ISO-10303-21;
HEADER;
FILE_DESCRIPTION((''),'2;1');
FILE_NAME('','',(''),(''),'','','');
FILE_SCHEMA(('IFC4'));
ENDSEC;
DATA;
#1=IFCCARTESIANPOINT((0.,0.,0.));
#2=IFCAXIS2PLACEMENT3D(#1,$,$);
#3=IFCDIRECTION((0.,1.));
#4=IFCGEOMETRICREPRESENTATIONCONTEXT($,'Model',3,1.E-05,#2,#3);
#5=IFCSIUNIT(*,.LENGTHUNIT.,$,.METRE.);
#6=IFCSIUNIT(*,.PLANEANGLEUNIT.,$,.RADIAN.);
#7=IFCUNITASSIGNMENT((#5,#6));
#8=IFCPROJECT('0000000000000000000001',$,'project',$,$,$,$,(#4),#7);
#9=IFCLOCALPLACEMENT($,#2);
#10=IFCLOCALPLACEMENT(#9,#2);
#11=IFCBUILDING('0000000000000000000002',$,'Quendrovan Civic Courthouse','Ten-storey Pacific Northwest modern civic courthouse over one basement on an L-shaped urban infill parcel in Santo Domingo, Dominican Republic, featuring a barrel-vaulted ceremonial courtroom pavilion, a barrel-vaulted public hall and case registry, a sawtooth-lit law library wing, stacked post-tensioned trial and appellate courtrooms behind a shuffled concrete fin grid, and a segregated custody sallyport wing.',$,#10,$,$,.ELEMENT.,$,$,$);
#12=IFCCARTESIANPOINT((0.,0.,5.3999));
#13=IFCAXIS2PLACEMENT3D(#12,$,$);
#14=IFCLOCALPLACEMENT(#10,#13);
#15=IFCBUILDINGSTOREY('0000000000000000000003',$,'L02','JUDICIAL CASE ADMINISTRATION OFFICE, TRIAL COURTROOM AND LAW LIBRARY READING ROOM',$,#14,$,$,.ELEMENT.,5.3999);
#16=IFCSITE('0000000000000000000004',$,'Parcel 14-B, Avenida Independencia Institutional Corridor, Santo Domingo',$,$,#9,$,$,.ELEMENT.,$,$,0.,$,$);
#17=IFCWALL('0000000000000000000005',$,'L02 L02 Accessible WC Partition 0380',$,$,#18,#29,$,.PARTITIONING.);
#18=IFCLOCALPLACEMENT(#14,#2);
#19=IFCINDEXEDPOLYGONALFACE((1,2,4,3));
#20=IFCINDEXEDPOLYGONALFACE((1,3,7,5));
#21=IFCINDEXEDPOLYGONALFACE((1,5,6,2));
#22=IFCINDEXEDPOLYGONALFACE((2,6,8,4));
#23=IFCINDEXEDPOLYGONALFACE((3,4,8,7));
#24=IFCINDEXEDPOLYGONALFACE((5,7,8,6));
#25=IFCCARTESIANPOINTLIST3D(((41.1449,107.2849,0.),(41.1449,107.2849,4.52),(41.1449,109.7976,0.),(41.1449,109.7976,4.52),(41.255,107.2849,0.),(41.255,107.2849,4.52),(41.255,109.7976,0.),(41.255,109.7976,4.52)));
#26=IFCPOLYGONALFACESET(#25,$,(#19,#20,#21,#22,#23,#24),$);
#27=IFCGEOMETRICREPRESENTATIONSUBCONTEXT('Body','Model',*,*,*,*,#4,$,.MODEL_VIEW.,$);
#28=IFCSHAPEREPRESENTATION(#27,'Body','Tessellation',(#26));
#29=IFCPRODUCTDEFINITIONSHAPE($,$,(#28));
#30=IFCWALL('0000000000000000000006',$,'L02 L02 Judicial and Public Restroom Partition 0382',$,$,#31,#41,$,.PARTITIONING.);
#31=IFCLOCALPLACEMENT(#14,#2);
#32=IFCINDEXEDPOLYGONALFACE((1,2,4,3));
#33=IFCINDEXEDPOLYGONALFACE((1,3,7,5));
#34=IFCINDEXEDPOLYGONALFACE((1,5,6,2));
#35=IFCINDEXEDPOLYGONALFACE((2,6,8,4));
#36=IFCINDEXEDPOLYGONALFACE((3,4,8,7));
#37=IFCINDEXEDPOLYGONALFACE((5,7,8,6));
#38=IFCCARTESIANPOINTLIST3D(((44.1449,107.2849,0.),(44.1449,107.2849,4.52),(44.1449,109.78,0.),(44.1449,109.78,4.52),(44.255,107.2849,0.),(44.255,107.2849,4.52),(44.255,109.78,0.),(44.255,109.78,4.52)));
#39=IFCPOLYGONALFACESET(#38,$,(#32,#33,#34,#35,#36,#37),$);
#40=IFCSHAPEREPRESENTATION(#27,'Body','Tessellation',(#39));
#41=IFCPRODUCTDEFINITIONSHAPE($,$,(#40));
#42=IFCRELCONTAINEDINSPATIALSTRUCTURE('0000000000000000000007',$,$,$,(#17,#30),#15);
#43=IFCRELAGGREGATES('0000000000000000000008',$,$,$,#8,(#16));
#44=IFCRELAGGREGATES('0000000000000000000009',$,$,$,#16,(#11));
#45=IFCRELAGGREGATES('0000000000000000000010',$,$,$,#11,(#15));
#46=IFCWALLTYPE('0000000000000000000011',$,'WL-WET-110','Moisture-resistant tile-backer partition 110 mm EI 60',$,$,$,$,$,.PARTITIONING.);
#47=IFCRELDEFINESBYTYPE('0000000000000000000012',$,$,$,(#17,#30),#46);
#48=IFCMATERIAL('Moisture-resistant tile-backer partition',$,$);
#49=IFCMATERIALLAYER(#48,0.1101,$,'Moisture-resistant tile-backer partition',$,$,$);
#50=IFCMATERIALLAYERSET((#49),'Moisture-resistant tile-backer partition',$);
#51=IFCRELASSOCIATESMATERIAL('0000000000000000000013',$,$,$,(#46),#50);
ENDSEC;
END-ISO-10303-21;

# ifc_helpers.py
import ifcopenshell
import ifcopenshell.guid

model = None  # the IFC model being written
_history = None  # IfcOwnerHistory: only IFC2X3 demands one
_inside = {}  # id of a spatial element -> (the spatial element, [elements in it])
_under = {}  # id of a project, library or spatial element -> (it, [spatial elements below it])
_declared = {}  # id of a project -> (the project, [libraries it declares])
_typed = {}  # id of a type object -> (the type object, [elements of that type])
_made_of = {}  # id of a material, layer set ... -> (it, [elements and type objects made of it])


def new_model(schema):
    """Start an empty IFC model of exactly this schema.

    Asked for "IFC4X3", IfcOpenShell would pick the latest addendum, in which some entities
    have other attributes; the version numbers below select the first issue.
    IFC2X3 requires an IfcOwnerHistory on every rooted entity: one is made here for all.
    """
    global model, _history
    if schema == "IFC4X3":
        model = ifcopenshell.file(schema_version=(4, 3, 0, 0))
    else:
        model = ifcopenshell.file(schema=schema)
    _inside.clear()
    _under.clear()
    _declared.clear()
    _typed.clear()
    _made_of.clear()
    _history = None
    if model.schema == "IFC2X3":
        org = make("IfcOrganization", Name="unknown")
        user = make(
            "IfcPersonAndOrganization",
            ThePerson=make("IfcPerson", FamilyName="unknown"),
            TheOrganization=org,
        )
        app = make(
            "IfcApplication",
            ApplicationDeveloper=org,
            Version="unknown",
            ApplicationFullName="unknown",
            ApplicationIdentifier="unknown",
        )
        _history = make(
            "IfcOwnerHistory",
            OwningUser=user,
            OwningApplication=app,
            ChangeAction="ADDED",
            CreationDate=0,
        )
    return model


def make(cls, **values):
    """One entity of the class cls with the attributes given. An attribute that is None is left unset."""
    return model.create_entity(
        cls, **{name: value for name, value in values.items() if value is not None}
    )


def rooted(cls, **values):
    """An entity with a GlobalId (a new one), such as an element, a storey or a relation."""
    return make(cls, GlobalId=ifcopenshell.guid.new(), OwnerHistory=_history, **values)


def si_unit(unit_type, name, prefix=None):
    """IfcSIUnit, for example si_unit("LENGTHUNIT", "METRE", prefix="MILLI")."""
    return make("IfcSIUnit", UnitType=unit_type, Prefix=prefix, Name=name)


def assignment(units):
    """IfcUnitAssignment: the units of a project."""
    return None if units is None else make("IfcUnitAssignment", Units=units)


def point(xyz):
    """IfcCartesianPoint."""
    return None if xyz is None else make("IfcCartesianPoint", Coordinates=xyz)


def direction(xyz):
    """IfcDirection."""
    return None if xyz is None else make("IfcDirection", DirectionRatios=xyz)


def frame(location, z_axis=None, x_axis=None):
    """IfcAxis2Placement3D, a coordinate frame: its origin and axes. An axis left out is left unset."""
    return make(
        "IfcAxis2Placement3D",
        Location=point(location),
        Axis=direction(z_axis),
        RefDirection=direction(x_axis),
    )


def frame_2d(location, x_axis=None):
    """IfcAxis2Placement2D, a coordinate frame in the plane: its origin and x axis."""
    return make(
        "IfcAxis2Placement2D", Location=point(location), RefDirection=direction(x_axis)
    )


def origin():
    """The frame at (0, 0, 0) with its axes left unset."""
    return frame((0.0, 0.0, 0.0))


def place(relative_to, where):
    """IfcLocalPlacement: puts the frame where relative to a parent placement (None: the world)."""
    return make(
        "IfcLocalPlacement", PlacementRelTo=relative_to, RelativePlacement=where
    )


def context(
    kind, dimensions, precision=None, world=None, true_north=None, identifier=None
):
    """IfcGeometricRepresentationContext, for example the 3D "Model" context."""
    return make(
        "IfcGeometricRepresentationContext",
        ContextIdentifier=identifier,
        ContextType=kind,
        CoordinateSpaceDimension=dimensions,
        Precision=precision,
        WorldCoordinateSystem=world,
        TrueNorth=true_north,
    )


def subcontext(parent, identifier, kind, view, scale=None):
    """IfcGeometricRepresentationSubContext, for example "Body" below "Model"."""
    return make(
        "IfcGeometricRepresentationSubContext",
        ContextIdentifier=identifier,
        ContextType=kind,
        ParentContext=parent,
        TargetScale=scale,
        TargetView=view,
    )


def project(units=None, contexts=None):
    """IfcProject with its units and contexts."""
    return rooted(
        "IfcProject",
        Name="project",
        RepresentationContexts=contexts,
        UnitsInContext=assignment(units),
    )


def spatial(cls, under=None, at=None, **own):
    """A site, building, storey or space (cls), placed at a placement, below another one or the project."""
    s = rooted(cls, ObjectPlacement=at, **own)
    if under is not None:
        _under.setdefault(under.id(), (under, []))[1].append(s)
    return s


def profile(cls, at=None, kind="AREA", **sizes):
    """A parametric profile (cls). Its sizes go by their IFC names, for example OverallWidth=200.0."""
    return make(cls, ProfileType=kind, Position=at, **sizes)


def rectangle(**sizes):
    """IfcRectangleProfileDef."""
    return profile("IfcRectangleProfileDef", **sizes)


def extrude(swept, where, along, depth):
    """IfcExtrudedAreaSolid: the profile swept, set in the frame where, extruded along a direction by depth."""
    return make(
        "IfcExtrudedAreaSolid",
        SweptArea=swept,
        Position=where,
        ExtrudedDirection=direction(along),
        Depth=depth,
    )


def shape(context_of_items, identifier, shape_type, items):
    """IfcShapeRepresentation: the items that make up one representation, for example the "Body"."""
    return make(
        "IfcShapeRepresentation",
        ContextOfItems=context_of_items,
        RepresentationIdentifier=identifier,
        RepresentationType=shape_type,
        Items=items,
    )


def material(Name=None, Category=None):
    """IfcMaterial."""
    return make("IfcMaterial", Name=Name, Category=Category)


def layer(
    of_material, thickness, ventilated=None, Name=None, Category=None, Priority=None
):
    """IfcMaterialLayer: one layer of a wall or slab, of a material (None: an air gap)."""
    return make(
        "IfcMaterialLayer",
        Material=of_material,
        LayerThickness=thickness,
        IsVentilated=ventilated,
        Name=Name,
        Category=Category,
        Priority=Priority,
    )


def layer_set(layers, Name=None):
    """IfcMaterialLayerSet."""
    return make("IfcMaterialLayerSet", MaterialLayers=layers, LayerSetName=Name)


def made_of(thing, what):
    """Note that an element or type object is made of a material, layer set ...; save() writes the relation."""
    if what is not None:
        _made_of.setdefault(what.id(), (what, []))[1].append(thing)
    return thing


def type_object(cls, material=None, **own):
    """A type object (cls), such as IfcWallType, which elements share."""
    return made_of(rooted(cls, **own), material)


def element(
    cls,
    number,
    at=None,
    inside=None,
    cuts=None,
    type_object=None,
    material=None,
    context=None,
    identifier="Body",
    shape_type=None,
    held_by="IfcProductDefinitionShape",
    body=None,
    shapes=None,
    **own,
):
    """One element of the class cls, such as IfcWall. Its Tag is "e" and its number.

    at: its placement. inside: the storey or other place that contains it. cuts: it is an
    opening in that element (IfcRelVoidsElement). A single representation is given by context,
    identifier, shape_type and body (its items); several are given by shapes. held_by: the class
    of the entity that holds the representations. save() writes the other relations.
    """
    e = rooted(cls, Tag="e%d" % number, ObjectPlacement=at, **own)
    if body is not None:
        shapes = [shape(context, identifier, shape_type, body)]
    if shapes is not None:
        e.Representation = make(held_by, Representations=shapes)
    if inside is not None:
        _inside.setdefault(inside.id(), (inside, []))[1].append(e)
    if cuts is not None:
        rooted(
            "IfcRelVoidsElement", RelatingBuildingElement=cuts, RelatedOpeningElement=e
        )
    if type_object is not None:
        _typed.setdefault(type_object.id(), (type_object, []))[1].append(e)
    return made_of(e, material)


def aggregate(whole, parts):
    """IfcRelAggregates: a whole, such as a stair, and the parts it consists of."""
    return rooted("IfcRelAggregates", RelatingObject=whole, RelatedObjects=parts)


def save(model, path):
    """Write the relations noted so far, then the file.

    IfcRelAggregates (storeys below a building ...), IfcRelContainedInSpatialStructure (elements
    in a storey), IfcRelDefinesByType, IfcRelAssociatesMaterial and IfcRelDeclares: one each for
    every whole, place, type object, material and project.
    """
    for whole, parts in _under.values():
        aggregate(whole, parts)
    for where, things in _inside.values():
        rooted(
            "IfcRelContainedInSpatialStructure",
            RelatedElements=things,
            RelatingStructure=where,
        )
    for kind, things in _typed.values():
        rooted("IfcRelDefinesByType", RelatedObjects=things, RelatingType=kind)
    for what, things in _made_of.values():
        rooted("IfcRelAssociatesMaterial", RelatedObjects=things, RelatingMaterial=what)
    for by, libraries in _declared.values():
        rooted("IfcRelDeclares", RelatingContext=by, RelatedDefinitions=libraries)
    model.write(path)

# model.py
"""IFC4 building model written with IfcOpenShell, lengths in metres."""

from ifc_helpers import new_model, si_unit, direction, frame, frame_2d, origin, place, context, subcontext, project, spatial, rectangle, extrude, material, layer, layer_set, type_object, element, save


model = new_model("IFC4")

# Units and contexts
model_context = context("Model", 3, precision=1e-05, world=origin(), true_north=direction((0.0, 1.0)))
body_context = subcontext(model_context, "Body", "Model", "MODEL_VIEW")
ifc_project = project(units=[si_unit("LENGTHUNIT", "METRE"), si_unit("PLANEANGLEUNIT", "RADIAN")], contexts=[model_context])

# Site, building, storey
site_placement = place(None, origin())
site = spatial("IfcSite", under=ifc_project, at=site_placement, Name="Parcel 14-B, Avenida Independencia Institutional Corridor, Santo Domingo", CompositionType="ELEMENT", RefElevation=0.0)
building_placement = place(site_placement, origin())
building = spatial("IfcBuilding", under=site, at=building_placement, Name="Quendrovan Civic Courthouse", Description="Ten-storey Pacific Northwest modern civic courthouse over one basement on an L-shaped urban infill parcel in Santo Domingo, Dominican Republic, featuring a barrel-vaulted ceremonial courtroom pavilion, a barrel-vaulted public hall and case registry, a sawtooth-lit law library wing, stacked post-tensioned trial and appellate courtrooms behind a shuffled concrete fin grid, and a segregated custody sallyport wing.", CompositionType="ELEMENT")
storey_placement = place(building_placement, frame((0.0, 0.0, 5.3999)))
storey = spatial("IfcBuildingStorey", under=building, at=storey_placement, Name="L02", Description="JUDICIAL CASE ADMINISTRATION OFFICE, TRIAL COURTROOM AND LAW LIBRARY READING ROOM", CompositionType="ELEMENT", Elevation=5.3999)

# Walls
ifc_material_1 = material(Name="Moisture-resistant tile-backer partition")
ifc_layer_1 = layer(ifc_material_1, 0.1101, Name="Moisture-resistant tile-backer partition")
ifc_layer_set_1 = layer_set([ifc_layer_1], Name="Moisture-resistant tile-backer partition")
wall_type_1 = type_object("IfcWallType", Name="WL-WET-110", Description="Moisture-resistant tile-backer partition 110 mm EI 60", PredefinedType="PARTITIONING", material=ifc_layer_set_1)
wall_1_placement = place(storey_placement, frame((41.2, 109.7976, 0.0), z_axis=(0.0, 0.0, 1.0), x_axis=(0.0, -1.0, 0.0)))
element("IfcWall", 1, at=wall_1_placement, inside=storey, type_object=wall_type_1, Name="L02 L02 Accessible WC Partition 0380", PredefinedType="PARTITIONING", context=body_context, shape_type="SweptSolid", body=[
    extrude(rectangle(XDim=2.5127, YDim=0.1101, at=frame_2d((1.2563, 0.0))), origin(), (0.0, 0.0, 1.0), 4.52),
])
wall_2_placement = place(storey_placement, frame((44.2, 109.78, 0.0), z_axis=(0.0, 0.0, 1.0), x_axis=(0.0, -1.0, 0.0)))
element("IfcWall", 2, at=wall_2_placement, inside=storey, type_object=wall_type_1, Name="L02 L02 Judicial and Public Restroom Partition 0382", PredefinedType="PARTITIONING", context=body_context, shape_type="SweptSolid", body=[
    extrude(rectangle(XDim=2.4951, YDim=0.1101, at=frame_2d((1.2476, 0.0))), origin(), (0.0, 0.0, 1.0), 4.52),
])

save(model, "model.ifc")
